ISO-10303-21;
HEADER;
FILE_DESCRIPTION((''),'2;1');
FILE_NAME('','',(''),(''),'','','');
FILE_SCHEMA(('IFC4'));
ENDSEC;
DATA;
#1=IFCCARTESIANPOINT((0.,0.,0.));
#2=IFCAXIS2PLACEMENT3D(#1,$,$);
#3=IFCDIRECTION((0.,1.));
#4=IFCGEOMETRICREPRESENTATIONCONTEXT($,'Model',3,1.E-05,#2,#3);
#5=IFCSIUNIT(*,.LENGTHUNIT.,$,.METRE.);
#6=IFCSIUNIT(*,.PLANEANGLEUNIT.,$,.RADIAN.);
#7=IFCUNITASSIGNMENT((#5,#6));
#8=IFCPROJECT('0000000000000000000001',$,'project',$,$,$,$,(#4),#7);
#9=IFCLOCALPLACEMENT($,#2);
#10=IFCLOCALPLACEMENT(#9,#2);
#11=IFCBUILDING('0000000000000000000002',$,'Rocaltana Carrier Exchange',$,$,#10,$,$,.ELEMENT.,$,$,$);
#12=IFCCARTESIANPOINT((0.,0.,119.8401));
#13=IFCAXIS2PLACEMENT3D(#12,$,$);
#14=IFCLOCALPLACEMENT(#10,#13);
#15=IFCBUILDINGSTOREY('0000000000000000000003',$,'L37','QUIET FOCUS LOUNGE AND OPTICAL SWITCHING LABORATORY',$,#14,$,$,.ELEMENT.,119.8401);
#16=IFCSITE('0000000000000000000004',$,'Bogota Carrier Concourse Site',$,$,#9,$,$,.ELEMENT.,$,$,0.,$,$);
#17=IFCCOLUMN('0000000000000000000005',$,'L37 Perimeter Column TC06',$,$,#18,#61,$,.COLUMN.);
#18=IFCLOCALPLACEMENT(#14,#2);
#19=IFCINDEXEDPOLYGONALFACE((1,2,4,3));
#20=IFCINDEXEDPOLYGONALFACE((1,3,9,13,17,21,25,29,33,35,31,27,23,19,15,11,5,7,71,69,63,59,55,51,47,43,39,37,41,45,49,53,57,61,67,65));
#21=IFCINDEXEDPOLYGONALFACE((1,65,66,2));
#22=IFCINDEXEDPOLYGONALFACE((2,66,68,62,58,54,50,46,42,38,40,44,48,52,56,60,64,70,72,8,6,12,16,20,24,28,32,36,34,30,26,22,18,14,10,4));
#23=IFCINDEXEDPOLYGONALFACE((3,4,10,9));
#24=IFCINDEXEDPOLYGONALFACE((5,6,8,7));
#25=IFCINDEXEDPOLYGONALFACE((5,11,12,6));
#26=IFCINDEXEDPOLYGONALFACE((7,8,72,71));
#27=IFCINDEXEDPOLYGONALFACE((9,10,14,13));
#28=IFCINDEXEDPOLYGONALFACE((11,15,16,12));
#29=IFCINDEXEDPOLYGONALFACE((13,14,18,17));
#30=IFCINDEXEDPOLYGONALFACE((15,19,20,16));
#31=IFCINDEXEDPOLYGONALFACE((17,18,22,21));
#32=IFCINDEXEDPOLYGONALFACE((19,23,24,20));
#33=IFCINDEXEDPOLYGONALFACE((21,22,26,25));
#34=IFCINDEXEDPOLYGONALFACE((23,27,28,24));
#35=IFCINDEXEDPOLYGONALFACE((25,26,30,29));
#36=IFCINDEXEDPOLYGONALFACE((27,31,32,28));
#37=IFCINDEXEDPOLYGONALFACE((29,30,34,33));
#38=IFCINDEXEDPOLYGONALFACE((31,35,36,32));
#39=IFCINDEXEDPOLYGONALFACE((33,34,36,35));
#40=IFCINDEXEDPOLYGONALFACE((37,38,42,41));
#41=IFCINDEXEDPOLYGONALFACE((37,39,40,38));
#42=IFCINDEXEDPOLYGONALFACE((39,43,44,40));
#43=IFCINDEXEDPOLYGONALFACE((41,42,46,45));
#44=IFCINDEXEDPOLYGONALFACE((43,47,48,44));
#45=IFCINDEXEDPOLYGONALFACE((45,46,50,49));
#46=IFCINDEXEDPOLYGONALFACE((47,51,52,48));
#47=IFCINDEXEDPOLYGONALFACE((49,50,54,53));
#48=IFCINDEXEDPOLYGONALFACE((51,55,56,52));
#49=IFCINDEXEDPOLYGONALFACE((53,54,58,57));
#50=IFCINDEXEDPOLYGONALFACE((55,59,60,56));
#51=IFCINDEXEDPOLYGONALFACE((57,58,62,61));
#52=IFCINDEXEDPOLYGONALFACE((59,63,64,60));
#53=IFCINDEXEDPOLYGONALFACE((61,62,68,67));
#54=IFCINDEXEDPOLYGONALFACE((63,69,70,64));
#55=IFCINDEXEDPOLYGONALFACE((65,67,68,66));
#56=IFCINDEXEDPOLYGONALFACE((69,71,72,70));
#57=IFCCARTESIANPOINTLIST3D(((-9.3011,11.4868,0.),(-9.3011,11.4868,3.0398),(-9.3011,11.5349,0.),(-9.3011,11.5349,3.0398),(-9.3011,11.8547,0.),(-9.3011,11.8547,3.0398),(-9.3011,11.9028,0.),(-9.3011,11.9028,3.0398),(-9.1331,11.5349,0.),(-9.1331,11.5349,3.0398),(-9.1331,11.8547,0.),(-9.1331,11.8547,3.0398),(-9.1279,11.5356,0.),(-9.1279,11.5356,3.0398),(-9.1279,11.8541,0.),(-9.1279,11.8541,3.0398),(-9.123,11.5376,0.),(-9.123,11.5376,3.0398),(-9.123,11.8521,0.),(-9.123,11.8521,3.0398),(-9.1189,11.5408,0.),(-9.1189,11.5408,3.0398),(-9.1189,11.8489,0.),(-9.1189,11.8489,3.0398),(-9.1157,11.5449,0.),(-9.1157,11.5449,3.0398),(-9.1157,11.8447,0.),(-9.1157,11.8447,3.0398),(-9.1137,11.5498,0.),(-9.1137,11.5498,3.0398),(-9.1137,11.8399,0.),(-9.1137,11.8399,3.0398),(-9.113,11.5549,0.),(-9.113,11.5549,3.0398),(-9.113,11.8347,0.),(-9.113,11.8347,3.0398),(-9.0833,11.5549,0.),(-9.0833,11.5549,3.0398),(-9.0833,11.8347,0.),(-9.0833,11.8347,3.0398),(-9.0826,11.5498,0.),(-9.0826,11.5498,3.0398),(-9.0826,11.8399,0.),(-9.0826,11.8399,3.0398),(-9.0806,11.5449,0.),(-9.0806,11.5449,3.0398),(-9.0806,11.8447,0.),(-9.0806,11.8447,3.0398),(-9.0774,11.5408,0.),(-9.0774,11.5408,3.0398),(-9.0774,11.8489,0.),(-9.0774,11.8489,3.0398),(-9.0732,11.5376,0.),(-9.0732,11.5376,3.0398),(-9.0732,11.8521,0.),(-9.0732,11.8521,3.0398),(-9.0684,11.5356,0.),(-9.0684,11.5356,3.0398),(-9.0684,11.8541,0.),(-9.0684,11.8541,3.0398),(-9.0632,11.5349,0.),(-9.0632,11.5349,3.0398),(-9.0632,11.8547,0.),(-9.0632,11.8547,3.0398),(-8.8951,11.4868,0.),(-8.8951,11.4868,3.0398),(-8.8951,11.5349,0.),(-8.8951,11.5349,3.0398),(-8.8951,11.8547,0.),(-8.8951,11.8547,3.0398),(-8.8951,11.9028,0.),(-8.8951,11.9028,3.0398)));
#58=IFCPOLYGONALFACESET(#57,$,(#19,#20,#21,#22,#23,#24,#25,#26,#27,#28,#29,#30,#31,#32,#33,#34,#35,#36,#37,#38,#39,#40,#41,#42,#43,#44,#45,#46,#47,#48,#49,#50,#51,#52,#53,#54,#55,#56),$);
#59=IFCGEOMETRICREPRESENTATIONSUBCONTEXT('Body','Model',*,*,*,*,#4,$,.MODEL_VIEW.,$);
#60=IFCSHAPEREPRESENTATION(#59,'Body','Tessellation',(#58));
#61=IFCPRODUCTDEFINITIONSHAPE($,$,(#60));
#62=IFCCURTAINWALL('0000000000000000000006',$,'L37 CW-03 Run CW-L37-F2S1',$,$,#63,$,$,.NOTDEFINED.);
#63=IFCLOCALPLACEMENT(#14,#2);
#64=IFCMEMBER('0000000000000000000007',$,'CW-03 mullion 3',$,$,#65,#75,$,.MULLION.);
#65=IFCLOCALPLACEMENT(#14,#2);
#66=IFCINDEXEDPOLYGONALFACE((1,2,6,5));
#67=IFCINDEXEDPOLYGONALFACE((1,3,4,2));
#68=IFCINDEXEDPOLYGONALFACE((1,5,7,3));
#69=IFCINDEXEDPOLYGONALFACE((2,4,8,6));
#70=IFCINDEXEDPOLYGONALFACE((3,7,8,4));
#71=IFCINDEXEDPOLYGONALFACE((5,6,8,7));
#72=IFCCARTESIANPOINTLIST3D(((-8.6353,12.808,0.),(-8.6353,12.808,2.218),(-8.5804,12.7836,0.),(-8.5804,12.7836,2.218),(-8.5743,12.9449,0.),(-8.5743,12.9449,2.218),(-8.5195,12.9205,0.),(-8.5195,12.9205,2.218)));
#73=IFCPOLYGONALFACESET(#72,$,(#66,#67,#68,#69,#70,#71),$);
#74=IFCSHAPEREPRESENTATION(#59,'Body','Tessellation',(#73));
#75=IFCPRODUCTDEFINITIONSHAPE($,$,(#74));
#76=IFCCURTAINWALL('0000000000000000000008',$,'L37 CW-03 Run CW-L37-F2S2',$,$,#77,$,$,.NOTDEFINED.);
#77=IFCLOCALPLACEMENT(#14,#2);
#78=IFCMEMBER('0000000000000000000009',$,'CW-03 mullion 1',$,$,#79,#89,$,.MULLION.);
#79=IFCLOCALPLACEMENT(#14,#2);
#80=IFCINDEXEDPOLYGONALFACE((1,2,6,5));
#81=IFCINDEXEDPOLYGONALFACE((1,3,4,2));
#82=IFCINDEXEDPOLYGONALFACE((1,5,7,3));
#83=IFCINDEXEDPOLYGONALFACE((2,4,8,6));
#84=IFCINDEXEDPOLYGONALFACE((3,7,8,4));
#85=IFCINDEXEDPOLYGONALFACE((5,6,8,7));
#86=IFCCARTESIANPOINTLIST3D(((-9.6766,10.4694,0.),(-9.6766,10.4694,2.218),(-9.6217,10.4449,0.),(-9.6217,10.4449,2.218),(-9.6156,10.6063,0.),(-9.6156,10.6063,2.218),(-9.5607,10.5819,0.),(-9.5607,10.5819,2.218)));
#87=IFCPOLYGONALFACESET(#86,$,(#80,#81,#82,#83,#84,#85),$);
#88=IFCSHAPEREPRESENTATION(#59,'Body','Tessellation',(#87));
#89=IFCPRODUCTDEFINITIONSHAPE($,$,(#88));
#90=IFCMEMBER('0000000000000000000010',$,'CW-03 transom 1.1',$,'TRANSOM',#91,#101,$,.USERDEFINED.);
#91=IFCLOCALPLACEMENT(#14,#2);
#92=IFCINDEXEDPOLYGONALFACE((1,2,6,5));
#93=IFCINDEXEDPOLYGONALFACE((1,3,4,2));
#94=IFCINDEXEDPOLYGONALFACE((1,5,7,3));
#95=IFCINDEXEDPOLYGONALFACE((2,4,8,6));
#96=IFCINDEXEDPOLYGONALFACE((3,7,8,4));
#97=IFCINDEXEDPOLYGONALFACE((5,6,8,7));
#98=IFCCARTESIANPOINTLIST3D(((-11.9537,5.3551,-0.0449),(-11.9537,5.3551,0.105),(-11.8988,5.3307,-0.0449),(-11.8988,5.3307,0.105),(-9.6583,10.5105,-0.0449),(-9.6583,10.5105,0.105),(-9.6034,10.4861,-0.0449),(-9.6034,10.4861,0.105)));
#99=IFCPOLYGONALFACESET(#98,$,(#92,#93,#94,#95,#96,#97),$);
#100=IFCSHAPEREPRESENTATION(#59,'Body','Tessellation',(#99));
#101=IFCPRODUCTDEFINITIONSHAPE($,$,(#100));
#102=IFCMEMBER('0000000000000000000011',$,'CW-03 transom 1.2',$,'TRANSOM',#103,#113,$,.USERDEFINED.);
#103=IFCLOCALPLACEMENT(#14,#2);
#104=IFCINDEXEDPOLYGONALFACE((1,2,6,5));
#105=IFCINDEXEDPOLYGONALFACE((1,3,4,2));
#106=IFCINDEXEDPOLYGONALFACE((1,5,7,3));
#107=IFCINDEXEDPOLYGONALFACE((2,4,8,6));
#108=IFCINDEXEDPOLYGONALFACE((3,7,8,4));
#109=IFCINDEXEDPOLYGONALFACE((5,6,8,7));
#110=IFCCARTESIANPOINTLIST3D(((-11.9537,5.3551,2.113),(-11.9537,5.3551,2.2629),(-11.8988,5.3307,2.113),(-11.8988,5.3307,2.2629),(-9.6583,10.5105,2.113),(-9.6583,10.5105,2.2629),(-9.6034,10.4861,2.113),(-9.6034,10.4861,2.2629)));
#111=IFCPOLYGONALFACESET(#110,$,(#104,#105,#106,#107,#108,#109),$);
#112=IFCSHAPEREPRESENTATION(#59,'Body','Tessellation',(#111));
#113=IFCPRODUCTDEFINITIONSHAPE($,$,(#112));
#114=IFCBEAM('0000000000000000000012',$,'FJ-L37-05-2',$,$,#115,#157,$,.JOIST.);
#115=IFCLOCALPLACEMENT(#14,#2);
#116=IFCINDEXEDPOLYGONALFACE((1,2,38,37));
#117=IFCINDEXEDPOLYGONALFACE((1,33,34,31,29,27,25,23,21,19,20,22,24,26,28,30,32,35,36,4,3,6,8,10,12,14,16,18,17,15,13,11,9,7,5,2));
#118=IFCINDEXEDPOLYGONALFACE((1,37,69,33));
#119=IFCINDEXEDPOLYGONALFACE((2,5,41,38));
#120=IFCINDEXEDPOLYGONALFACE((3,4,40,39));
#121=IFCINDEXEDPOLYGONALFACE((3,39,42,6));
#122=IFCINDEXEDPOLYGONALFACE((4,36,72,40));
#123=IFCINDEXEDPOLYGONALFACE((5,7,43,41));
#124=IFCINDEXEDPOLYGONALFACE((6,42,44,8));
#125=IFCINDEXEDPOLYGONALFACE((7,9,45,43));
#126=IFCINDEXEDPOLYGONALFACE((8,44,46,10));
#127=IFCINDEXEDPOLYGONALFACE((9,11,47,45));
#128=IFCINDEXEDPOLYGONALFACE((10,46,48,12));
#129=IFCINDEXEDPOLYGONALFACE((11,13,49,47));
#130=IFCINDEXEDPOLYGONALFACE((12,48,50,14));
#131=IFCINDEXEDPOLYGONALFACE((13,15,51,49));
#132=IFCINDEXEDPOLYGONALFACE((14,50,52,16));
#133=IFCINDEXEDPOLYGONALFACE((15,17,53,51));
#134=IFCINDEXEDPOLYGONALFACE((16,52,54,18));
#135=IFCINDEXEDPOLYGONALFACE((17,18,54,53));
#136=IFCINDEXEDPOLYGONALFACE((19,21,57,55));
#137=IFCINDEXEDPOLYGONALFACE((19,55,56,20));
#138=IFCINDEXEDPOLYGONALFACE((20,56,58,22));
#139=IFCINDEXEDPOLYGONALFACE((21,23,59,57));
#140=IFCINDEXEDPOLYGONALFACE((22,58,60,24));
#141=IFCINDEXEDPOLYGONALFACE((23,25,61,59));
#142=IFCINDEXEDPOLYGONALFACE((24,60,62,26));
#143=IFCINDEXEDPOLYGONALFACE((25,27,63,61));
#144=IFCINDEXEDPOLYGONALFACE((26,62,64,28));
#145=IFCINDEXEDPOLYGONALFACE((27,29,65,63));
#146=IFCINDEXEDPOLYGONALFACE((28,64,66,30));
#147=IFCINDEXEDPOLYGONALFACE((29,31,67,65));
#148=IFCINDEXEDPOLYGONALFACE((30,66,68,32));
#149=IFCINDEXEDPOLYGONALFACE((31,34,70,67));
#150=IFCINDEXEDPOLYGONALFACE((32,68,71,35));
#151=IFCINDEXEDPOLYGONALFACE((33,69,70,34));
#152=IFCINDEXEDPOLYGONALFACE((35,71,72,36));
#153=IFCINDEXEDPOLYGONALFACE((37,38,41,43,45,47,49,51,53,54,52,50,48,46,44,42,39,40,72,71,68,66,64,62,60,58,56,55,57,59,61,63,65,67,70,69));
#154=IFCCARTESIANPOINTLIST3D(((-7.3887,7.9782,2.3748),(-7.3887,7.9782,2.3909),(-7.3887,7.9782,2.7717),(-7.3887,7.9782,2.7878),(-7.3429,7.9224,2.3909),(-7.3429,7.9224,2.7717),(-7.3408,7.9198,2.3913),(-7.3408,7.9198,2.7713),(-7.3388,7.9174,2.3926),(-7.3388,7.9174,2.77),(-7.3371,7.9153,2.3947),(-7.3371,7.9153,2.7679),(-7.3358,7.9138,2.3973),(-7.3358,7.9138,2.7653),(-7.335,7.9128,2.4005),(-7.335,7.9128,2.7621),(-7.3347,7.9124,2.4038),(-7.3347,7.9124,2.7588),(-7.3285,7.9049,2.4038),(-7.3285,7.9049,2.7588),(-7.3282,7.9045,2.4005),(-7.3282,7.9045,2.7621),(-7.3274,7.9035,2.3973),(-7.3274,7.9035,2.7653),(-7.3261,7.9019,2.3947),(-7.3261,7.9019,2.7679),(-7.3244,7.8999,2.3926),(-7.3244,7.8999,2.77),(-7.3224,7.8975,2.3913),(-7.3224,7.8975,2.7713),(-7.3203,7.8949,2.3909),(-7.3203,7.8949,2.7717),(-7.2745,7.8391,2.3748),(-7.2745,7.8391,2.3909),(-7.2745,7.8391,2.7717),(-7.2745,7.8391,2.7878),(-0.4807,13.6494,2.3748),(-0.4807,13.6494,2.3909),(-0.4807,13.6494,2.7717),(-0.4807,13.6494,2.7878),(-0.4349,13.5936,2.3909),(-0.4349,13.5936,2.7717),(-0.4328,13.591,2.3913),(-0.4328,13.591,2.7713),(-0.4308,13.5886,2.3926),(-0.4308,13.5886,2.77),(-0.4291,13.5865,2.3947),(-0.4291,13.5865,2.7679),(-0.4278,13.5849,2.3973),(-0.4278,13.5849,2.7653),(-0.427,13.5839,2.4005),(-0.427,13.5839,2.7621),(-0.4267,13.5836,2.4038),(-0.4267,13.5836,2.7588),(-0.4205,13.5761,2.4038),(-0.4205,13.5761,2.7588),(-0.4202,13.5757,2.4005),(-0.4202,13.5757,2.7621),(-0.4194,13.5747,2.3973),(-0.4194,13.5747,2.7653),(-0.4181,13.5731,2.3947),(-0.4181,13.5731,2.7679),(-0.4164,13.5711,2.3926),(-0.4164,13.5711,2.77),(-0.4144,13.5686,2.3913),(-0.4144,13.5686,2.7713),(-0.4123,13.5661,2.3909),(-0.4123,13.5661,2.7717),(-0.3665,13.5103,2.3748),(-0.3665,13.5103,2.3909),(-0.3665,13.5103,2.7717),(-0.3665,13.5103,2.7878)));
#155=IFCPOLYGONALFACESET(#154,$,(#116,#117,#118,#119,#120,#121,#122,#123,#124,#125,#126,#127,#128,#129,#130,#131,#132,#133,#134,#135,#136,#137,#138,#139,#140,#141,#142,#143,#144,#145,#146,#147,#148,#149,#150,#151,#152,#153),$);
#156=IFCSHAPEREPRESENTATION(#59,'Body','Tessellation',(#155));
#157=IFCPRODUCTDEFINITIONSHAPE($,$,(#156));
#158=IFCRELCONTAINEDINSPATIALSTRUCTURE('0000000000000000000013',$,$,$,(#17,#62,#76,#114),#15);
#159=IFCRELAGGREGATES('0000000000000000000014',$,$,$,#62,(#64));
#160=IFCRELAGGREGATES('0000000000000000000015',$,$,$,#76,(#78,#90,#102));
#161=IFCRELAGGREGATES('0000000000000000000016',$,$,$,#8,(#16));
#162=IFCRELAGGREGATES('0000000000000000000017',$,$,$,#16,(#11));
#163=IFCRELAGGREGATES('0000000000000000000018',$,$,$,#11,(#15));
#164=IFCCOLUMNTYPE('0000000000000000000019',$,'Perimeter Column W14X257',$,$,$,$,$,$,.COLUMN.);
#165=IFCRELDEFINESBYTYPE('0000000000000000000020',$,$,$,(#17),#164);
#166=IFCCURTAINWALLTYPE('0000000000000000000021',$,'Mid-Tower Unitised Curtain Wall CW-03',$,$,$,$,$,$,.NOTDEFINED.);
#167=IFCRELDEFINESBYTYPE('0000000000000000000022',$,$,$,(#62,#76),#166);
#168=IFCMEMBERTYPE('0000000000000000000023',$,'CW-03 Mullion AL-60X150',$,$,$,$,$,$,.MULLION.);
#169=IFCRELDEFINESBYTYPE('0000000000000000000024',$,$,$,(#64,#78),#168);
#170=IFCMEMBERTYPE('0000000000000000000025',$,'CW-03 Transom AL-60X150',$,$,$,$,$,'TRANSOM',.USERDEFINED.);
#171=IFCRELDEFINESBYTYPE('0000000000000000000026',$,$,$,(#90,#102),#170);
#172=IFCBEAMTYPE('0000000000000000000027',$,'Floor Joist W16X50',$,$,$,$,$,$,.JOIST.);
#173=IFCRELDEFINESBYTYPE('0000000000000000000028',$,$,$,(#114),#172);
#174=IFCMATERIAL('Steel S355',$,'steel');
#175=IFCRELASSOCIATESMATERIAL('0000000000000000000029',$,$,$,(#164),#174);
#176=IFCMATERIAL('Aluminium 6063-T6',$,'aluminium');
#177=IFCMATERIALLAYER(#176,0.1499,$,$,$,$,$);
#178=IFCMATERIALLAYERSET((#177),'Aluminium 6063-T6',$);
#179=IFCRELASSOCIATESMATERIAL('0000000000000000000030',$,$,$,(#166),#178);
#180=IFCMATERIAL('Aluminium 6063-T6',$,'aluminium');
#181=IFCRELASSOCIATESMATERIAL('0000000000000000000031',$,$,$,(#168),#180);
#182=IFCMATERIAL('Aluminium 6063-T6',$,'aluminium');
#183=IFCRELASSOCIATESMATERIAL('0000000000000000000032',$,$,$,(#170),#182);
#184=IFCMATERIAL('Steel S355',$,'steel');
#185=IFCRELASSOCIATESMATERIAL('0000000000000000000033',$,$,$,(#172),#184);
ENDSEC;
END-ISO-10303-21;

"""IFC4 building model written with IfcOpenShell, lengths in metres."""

from ifc_helpers import new_model, si_unit, direction, frame, origin, origin_2d, place, context, subcontext, project, spatial, rectangle, i_section, extrude, material, layer, layer_set, material_profile, profile_set, type_object, element, aggregate, save


model = new_model("IFC4")

# Units and contexts
model_context = context("Model", 3, precision=1e-05, world=origin(), true_north=direction((0.0, 1.0)))
body_context = subcontext(model_context, "Body", "Model", "MODEL_VIEW")
ifc_project = project(units=[si_unit("LENGTHUNIT", "METRE"), si_unit("PLANEANGLEUNIT", "RADIAN")], contexts=[model_context])

# Site, building, storey
site_placement = place(None, origin())
site = spatial("IfcSite", under=ifc_project, at=site_placement, Name="Bogota Carrier Concourse Site", CompositionType="ELEMENT", RefElevation=0.0)
building_placement = place(site_placement, origin())
building = spatial("IfcBuilding", under=site, at=building_placement, Name="Rocaltana Carrier Exchange", CompositionType="ELEMENT")
storey_placement = place(building_placement, frame((0.0, 0.0, 119.8401)))
storey = spatial("IfcBuildingStorey", under=building, at=storey_placement, Name="L37", Description="QUIET FOCUS LOUNGE AND OPTICAL SWITCHING LABORATORY", CompositionType="ELEMENT", Elevation=119.8401)

# Column
ifc_material_1 = material(Name="Steel S355", Category="steel")
ifc_material_profile_1 = material_profile(ifc_material_1, i_section(OverallWidth=0.406, OverallDepth=0.416, WebThickness=0.0298, FlangeThickness=0.0481, FilletRadius=0.02, at=origin_2d()), Name="W14X257")
ifc_profile_set_1 = profile_set([ifc_material_profile_1], Name="Steel S355")
column_type = type_object("IfcColumnType", Name="Perimeter Column W14X257", PredefinedType="COLUMN", material=ifc_profile_set_1)
column_placement = place(storey_placement, frame((-9.0981, 11.6948, 0.0), z_axis=(0.0, 0.0, 1.0), x_axis=(1.0, 0.0, 0.0)))
element("IfcColumn", 1, at=column_placement, inside=storey, type_object=column_type, Name="L37 Perimeter Column TC06", PredefinedType="COLUMN", context=body_context, shape_type="SweptSolid", body=[
    extrude(i_section(OverallWidth=0.406, OverallDepth=0.416, WebThickness=0.0298, FlangeThickness=0.0481, FilletRadius=0.02, at=origin_2d()), origin(), (0.0, 0.0, 1.0), 3.0398),
])

# Curtain wall, member
ifc_material_2 = material(Name="Aluminium 6063-T6", Category="aluminium")
ifc_layer_1 = layer(ifc_material_2, 0.1499)
ifc_layer_set_1 = layer_set([ifc_layer_1], Name="Aluminium 6063-T6")
curtain_wall_type = type_object("IfcCurtainWallType", Name="Mid-Tower Unitised Curtain Wall CW-03", PredefinedType="NOTDEFINED", material=ifc_layer_set_1)
curtain_wall_1_placement = place(storey_placement, origin())
curtain_wall_1 = element("IfcCurtainWall", 2, at=curtain_wall_1_placement, inside=storey, type_object=curtain_wall_type, Name="L37 CW-03 Run CW-L37-F2S1", PredefinedType="NOTDEFINED")
ifc_material_3 = material(Name="Aluminium 6063-T6", Category="aluminium")
ifc_material_profile_2 = material_profile(ifc_material_3, rectangle(XDim=0.0601, YDim=0.1499, at=origin_2d()), Name="AL-60X150")
ifc_profile_set_2 = profile_set([ifc_material_profile_2], Name="Aluminium 6063-T6")
member_type_1 = type_object("IfcMemberType", Name="CW-03 Mullion AL-60X150", PredefinedType="MULLION", material=ifc_profile_set_2)
member_1_placement = place(storey_placement, frame((-8.5774, 12.8643, 0.0), z_axis=(0.0, 0.0, 1.0), x_axis=(0.913544, -0.40674, 0.0)))
member_1 = element("IfcMember", 3, at=member_1_placement, type_object=member_type_1, Name="CW-03 mullion 3", PredefinedType="MULLION", context=body_context, shape_type="SweptSolid", body=[
    extrude(rectangle(XDim=0.0601, YDim=0.1499, at=origin_2d()), origin(), (0.0, 0.0, 1.0), 2.218),
])
aggregate(curtain_wall_1, [member_1])

# Curtain wall, members
curtain_wall_2_placement = place(storey_placement, origin())
curtain_wall_2 = element("IfcCurtainWall", 4, at=curtain_wall_2_placement, inside=storey, type_object=curtain_wall_type, Name="L37 CW-03 Run CW-L37-F2S2", PredefinedType="NOTDEFINED")
member_2_placement = place(storey_placement, frame((-9.6187, 10.5256, 0.0), z_axis=(0.0, 0.0, 1.0), x_axis=(0.913542, -0.406744, 0.0)))
member_2 = element("IfcMember", 5, at=member_2_placement, type_object=member_type_1, Name="CW-03 mullion 1", PredefinedType="MULLION", context=body_context, shape_type="SweptSolid", body=[
    extrude(rectangle(XDim=0.0601, YDim=0.1499, at=origin_2d()), origin(), (0.0, 0.0, 1.0), 2.218),
])
ifc_material_4 = material(Name="Aluminium 6063-T6", Category="aluminium")
ifc_material_profile_3 = material_profile(ifc_material_4, rectangle(XDim=0.0601, YDim=0.1499, at=origin_2d()), Name="AL-60X150")
ifc_profile_set_3 = profile_set([ifc_material_profile_3], Name="Aluminium 6063-T6")
member_type_2 = type_object("IfcMemberType", Name="CW-03 Transom AL-60X150", ElementType="TRANSOM", PredefinedType="USERDEFINED", material=ifc_profile_set_3)
member_3_placement = place(storey_placement, frame((-9.6309, 10.4983, 0.03), z_axis=(-0.40674, -0.913544, 0.0), x_axis=(0.913544, -0.40674, 0.0)))
member_3 = element("IfcMember", 6, at=member_3_placement, type_object=member_type_2, Name="CW-03 transom 1.1", ObjectType="TRANSOM", PredefinedType="USERDEFINED", context=body_context, shape_type="SweptSolid", body=[
    extrude(rectangle(XDim=0.0601, YDim=0.1499, at=origin_2d()), origin(), (0.0, 0.0, 1.0), 5.6433),
])
member_4_placement = place(storey_placement, frame((-9.6309, 10.4983, 2.188), z_axis=(-0.40674, -0.913544, 0.0), x_axis=(0.913544, -0.40674, 0.0)))
member_4 = element("IfcMember", 7, at=member_4_placement, type_object=member_type_2, Name="CW-03 transom 1.2", ObjectType="TRANSOM", PredefinedType="USERDEFINED", context=body_context, shape_type="SweptSolid", body=[
    extrude(rectangle(XDim=0.0601, YDim=0.1499, at=origin_2d()), origin(), (0.0, 0.0, 1.0), 5.6433),
])

# Beam
ifc_material_5 = material(Name="Steel S355", Category="steel")
ifc_material_profile_4 = material_profile(ifc_material_5, i_section(OverallWidth=0.1799, OverallDepth=0.4131, WebThickness=0.0098, FlangeThickness=0.0161, FilletRadius=0.0129, at=origin_2d()), Name="W16X50")
ifc_profile_set_4 = profile_set([ifc_material_profile_4], Name="Steel S355")
beam_type_1 = type_object("IfcBeamType", Name="Floor Joist W16X50", PredefinedType="JOIST", material=ifc_profile_set_4)
beam_1_placement = place(storey_placement, frame((-0.4236, 13.5798, 2.5813), z_axis=(-0.772905, -0.634522, 0.0), x_axis=(0.634522, -0.772905, 0.0)))
element("IfcBeam", 8, at=beam_1_placement, inside=storey, type_object=beam_type_1, Name="FJ-L37-05-2", PredefinedType="JOIST", context=body_context, shape_type="SweptSolid", body=[
    extrude(i_section(OverallWidth=0.1799, OverallDepth=0.4131, WebThickness=0.0098, FlangeThickness=0.0161, FilletRadius=0.0129, at=origin_2d()), origin(), (0.0, 0.0, 1.0), 8.9377),
])

aggregate(curtain_wall_2, [member_2, member_3, member_4])

save(model, "model.ifc")
